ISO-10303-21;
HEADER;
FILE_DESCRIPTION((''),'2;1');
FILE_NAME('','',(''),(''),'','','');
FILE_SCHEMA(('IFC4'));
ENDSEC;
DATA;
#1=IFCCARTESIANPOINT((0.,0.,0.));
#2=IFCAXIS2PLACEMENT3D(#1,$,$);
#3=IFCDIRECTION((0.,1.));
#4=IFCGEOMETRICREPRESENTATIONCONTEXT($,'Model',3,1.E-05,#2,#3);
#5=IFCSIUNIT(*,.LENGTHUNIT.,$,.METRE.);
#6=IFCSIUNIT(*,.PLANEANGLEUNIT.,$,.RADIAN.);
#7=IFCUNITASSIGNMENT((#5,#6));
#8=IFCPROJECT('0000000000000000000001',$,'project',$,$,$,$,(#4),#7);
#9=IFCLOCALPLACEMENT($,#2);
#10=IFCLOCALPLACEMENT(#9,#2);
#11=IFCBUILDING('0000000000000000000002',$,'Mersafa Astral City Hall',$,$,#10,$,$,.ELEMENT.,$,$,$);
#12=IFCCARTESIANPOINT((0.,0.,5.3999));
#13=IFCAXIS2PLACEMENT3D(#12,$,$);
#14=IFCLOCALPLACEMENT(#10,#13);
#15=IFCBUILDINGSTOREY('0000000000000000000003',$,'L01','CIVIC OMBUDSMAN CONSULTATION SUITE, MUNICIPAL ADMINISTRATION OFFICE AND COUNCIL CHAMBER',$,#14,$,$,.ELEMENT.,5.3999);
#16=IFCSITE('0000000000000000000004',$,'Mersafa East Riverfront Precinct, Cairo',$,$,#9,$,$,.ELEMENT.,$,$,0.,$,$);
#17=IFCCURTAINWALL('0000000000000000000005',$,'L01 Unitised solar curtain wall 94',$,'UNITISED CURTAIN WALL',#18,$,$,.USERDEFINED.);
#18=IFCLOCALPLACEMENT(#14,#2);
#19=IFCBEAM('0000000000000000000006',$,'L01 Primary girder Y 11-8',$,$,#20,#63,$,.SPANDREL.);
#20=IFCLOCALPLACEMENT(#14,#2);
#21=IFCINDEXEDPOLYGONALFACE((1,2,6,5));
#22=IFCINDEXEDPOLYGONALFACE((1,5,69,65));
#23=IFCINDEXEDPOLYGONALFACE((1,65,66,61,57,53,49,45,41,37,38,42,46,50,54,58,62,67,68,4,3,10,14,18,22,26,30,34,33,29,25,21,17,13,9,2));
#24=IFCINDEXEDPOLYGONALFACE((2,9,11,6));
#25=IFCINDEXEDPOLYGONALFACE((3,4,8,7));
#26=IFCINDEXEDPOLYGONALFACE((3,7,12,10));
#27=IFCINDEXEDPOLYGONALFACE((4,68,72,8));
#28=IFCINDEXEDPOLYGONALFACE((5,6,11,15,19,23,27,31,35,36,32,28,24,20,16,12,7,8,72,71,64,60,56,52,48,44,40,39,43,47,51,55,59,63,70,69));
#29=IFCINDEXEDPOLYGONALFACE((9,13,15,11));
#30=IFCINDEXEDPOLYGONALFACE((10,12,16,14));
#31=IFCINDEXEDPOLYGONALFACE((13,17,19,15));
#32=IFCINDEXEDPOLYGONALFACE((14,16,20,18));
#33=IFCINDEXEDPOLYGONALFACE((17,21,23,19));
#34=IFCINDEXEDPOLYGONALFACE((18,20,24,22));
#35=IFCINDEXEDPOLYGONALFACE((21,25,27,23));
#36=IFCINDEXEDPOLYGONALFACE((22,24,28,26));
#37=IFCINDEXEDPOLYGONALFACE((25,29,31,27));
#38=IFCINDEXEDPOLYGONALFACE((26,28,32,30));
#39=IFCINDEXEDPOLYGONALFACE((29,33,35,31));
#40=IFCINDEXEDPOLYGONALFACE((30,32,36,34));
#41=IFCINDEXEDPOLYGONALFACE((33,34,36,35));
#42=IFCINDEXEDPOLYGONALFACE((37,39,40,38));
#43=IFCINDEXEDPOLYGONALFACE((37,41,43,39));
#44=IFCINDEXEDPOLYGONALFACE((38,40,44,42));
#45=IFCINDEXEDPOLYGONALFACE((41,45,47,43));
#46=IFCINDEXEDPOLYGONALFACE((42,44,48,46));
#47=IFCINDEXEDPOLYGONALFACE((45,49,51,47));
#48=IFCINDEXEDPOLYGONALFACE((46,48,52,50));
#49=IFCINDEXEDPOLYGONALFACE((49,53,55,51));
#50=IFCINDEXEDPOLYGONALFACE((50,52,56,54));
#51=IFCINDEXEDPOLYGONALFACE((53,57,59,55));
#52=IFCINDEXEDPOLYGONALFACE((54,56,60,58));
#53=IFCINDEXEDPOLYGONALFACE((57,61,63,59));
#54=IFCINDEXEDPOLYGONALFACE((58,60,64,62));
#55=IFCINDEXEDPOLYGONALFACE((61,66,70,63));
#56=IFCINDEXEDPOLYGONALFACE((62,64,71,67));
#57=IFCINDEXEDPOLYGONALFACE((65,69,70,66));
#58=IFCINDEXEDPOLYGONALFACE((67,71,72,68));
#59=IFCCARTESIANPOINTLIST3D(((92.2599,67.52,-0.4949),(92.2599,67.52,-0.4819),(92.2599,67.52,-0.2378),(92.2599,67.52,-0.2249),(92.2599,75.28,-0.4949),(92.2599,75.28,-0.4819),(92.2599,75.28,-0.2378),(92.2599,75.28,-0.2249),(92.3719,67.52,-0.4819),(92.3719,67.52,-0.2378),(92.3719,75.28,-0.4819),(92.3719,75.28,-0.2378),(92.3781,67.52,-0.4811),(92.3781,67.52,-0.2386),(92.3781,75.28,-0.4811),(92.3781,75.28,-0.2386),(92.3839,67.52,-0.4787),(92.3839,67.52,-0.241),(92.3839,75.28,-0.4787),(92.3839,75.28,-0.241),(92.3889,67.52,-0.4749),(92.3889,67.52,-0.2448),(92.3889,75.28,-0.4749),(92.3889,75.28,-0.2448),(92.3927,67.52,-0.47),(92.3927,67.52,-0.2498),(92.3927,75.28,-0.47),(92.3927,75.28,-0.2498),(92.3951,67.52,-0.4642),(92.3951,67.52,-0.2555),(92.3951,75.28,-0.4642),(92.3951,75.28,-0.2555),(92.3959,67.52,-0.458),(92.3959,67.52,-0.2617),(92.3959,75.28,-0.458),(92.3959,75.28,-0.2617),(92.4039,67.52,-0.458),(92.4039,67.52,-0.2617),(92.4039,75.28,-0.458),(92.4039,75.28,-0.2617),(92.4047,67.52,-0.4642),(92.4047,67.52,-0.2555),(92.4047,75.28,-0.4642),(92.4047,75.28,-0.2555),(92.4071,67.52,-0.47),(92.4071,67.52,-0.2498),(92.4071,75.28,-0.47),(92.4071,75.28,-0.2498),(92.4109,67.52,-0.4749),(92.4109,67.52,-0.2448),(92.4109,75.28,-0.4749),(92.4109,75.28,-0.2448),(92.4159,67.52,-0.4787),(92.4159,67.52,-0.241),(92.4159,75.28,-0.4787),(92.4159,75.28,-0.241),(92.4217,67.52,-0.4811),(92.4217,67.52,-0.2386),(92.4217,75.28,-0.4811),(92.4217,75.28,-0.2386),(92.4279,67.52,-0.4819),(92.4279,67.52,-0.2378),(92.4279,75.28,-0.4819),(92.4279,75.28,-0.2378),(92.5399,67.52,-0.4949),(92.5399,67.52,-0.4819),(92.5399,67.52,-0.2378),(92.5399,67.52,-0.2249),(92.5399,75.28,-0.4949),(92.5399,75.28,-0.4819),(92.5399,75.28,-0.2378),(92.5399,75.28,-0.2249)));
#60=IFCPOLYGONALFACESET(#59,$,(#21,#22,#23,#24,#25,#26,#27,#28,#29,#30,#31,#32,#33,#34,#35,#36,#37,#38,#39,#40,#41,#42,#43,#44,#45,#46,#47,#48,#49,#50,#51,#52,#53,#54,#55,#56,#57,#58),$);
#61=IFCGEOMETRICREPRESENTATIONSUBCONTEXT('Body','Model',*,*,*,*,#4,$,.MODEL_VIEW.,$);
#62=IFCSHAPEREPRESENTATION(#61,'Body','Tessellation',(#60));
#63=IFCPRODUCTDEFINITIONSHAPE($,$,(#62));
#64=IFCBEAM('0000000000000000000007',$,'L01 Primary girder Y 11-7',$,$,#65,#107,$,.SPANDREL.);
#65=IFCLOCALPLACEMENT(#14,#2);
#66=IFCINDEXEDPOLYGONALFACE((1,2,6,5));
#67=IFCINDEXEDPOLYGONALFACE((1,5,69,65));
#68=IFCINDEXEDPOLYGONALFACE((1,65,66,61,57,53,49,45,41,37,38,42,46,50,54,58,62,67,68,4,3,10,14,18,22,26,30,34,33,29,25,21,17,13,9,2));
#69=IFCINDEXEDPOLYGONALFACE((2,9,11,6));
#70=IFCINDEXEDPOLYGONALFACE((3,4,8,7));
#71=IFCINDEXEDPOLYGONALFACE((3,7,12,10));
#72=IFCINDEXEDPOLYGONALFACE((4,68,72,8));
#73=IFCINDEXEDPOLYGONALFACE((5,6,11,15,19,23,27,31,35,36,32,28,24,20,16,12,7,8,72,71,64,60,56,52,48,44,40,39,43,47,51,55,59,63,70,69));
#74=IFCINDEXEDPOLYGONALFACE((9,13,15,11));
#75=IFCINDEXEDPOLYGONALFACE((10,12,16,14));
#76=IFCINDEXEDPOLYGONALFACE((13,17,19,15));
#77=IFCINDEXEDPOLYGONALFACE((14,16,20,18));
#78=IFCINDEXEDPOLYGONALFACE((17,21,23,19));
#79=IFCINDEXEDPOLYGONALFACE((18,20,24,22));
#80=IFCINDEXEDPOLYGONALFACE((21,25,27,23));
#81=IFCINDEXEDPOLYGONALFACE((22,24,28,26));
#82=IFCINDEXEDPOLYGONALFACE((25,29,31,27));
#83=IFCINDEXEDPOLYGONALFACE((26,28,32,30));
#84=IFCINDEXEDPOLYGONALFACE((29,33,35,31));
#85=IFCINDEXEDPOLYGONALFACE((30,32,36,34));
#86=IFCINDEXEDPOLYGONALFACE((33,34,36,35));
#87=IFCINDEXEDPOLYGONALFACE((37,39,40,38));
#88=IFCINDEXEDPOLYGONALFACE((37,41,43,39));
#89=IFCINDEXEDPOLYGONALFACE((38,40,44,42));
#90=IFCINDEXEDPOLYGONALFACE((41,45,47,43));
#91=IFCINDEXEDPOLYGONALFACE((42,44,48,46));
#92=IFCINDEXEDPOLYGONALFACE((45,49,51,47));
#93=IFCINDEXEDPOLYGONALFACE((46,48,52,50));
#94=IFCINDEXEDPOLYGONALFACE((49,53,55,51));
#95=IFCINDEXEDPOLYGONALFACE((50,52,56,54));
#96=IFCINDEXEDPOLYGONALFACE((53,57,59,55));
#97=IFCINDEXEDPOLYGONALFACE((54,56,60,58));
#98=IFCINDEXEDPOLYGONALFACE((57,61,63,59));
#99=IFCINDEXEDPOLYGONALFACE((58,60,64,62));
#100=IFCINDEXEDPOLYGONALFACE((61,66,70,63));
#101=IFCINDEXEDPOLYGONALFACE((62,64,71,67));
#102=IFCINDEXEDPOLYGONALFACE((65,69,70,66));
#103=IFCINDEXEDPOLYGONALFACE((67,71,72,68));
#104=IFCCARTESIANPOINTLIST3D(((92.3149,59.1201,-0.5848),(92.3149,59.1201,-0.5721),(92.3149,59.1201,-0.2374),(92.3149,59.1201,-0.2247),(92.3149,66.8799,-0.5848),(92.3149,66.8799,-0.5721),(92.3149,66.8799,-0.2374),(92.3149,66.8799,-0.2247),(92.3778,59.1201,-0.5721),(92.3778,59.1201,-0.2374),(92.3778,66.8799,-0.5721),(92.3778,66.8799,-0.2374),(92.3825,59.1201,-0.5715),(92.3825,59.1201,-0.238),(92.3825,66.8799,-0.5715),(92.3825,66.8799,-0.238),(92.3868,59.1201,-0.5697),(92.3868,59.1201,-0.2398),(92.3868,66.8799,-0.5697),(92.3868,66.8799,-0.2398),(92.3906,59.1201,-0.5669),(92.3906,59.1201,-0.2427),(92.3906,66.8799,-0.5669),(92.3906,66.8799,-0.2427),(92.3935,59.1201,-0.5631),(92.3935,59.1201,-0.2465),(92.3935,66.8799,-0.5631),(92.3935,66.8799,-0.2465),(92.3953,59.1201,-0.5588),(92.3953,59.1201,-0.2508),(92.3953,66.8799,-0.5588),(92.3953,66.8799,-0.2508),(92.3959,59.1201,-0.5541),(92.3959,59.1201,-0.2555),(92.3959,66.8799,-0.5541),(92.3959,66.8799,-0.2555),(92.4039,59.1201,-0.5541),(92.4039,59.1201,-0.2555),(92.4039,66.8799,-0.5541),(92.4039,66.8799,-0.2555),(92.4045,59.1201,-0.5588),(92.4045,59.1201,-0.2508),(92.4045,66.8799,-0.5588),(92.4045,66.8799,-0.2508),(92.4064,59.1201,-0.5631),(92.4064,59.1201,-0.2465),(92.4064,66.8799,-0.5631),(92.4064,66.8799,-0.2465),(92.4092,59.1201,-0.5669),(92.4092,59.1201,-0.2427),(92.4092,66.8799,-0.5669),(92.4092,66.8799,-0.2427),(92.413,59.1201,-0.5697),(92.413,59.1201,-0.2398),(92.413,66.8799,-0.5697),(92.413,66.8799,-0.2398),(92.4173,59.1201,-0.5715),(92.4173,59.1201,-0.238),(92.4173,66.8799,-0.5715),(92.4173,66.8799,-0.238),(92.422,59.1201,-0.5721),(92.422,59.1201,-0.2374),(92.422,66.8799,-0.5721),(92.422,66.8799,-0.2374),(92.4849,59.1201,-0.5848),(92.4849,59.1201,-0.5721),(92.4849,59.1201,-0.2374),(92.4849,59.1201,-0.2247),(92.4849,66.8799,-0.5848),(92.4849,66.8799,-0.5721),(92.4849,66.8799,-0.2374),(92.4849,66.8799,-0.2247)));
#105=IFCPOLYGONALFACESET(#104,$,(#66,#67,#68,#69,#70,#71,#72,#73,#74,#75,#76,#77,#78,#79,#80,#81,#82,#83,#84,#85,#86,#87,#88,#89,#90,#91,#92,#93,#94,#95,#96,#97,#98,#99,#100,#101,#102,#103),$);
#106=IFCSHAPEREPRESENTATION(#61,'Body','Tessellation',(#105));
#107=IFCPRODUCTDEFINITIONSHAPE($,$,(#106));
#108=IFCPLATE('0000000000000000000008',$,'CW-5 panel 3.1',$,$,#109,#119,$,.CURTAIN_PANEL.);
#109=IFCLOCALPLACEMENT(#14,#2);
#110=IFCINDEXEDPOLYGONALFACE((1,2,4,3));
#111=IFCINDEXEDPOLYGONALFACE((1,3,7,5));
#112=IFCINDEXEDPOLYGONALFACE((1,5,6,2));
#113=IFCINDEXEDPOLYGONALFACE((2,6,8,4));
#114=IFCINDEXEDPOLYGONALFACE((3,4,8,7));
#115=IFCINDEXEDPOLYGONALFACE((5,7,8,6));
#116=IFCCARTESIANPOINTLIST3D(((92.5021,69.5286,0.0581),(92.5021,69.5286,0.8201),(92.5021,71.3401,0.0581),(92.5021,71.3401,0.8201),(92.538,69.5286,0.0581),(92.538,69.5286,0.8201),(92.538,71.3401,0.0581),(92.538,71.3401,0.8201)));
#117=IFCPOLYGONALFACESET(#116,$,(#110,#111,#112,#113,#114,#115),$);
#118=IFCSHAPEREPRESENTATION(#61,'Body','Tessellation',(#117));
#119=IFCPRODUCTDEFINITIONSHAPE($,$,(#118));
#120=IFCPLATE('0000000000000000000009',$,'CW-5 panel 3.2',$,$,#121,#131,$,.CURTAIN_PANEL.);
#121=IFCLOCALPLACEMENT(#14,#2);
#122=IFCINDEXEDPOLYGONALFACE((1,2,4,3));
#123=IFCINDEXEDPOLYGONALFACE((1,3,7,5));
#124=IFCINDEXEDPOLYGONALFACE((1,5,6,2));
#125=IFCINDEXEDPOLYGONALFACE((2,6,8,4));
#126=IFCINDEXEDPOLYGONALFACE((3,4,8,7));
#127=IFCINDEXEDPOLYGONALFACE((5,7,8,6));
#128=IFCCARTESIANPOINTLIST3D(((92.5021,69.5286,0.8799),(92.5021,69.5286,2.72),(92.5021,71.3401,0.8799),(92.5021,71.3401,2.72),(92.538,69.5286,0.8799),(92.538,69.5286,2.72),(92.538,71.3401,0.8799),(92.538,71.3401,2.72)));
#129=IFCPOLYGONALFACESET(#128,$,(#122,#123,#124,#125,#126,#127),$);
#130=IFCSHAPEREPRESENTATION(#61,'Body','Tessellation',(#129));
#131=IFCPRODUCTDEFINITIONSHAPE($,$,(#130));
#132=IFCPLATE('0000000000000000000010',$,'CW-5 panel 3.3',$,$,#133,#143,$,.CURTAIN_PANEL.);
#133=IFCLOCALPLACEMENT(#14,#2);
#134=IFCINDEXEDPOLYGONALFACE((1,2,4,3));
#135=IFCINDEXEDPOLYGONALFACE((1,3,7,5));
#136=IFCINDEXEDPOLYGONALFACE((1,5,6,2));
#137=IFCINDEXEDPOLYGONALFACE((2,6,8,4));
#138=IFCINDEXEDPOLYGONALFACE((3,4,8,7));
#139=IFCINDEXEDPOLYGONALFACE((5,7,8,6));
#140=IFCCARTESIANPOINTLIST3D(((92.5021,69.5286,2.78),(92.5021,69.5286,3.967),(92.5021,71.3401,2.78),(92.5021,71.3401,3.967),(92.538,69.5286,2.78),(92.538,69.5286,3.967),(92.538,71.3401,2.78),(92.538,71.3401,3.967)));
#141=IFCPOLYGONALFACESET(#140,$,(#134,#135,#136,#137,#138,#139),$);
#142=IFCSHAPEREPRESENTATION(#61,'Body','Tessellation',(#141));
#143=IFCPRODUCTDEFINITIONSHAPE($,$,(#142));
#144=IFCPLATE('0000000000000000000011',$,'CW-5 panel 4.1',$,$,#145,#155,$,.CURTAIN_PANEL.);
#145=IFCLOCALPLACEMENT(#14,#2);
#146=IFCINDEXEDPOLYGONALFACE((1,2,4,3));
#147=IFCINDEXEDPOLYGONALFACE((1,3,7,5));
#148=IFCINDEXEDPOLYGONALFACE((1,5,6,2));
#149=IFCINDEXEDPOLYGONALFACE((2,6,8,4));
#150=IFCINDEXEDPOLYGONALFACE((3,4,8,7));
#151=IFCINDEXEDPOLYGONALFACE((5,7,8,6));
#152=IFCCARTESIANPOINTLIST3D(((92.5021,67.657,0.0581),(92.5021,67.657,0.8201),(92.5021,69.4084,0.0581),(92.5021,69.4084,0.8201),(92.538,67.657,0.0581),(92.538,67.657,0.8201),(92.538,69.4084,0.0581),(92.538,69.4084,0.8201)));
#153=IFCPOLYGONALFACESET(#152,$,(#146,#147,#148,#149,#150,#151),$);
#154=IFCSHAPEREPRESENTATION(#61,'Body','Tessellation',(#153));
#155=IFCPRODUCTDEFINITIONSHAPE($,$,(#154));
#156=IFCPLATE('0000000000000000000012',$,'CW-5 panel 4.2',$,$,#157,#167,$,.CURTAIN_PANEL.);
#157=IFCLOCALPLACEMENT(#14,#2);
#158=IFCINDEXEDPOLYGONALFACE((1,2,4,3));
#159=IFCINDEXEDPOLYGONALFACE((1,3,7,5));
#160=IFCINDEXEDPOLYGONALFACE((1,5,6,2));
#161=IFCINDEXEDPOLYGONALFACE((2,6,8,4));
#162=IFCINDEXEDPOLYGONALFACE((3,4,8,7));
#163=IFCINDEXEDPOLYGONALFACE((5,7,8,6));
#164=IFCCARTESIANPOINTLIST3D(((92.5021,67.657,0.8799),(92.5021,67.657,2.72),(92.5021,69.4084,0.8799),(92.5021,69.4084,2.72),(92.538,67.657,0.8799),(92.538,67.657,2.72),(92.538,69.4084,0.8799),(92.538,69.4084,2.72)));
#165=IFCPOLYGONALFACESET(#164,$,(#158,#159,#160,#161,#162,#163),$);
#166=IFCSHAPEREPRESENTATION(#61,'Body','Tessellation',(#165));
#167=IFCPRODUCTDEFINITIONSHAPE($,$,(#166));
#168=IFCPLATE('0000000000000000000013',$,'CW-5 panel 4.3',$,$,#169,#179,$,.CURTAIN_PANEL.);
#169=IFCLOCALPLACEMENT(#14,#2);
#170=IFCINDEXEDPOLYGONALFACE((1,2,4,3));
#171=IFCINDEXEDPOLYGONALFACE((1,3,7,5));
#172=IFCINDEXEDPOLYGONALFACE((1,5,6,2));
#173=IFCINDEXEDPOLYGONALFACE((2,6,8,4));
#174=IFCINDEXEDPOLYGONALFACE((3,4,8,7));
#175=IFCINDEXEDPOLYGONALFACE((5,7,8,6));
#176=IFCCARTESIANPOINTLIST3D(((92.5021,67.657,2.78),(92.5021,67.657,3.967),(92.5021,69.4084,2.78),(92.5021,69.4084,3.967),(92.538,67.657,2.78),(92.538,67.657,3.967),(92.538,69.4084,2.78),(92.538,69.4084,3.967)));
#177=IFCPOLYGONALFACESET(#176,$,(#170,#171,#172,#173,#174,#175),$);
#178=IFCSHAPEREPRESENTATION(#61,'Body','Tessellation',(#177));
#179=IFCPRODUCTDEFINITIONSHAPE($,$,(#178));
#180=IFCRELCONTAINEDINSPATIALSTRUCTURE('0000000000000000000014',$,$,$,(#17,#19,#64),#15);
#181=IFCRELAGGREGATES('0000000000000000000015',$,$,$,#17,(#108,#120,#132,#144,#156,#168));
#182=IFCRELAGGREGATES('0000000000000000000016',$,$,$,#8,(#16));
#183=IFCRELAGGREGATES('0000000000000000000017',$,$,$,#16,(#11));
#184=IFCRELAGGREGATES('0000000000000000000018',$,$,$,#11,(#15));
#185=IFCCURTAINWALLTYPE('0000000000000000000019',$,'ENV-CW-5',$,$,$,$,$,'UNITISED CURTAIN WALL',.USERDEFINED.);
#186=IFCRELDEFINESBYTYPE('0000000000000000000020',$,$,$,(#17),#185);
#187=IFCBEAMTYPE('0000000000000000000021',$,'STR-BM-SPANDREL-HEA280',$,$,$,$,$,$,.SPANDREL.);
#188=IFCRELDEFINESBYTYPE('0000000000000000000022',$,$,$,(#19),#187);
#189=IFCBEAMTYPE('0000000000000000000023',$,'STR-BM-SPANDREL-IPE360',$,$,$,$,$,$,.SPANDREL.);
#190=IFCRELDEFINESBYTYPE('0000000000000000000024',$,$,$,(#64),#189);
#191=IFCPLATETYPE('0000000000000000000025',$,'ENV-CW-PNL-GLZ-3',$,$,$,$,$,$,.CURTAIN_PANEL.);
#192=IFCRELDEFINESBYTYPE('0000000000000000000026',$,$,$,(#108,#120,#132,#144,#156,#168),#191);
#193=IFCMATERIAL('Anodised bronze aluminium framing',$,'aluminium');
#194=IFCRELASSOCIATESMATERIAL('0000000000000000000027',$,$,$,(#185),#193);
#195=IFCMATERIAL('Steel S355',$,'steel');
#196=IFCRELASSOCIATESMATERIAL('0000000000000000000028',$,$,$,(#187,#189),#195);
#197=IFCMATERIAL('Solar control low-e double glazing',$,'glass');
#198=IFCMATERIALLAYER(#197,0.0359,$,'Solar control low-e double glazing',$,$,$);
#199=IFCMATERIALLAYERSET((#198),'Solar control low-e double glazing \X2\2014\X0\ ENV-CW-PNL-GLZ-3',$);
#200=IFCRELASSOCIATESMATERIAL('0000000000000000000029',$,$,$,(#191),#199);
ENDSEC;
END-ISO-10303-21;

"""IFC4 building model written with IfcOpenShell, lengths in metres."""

from ifc_helpers import new_model, si_unit, direction, frame, origin, origin_2d, place, context, subcontext, project, spatial, rectangle, i_section, extrude, material, layer, layer_set, material_profile, profile_set, type_object, element, aggregate, save


model = new_model("IFC4")

# Units and contexts
model_context = context("Model", 3, precision=1e-05, world=origin(), true_north=direction((0.0, 1.0)))
body_context = subcontext(model_context, "Body", "Model", "MODEL_VIEW")
ifc_project = project(units=[si_unit("LENGTHUNIT", "METRE"), si_unit("PLANEANGLEUNIT", "RADIAN")], contexts=[model_context])

# Site, building, storey
site_placement = place(None, origin())
site = spatial("IfcSite", under=ifc_project, at=site_placement, Name="Mersafa East Riverfront Precinct, Cairo", CompositionType="ELEMENT", RefElevation=0.0)
building_placement = place(site_placement, origin())
building = spatial("IfcBuilding", under=site, at=building_placement, Name="Mersafa Astral City Hall", CompositionType="ELEMENT")
storey_placement = place(building_placement, frame((0.0, 0.0, 5.3999)))
storey = spatial("IfcBuildingStorey", under=building, at=storey_placement, Name="L01", Description="CIVIC OMBUDSMAN CONSULTATION SUITE, MUNICIPAL ADMINISTRATION OFFICE AND COUNCIL CHAMBER", CompositionType="ELEMENT", Elevation=5.3999)

# Shared definitions
ifc_material_1 = material(Name="Steel S355", Category="steel")

# Curtain wall
ifc_material_2 = material(Name="Anodised bronze aluminium framing", Category="aluminium")
curtain_wall_type = type_object("IfcCurtainWallType", Name="ENV-CW-5", ElementType="UNITISED CURTAIN WALL", PredefinedType="USERDEFINED", material=ifc_material_2)
curtain_wall_placement = place(storey_placement, origin())
curtain_wall = element("IfcCurtainWall", 1, at=curtain_wall_placement, inside=storey, type_object=curtain_wall_type, Name="L01 Unitised solar curtain wall 94", ObjectType="UNITISED CURTAIN WALL", PredefinedType="USERDEFINED")

# Beams
ifc_material_profile_1 = material_profile(ifc_material_1, i_section(OverallWidth=0.28, OverallDepth=0.27, WebThickness=0.0081, FlangeThickness=0.0129, FilletRadius=0.0239, at=origin_2d()), Name="HEA 280")
ifc_profile_set_1 = profile_set([ifc_material_profile_1], Name="Steel S355")
beam_type_1 = type_object("IfcBeamType", Name="STR-BM-SPANDREL-HEA280", PredefinedType="SPANDREL", material=ifc_profile_set_1)
beam_1_placement = place(storey_placement, frame((92.3999, 67.52, -0.3599), z_axis=(0.0, 1.0, 0.0), x_axis=(-1.0, 0.0, 0.0)))
element("IfcBeam", 2, at=beam_1_placement, inside=storey, type_object=beam_type_1, Name="L01 Primary girder Y 11-8", PredefinedType="SPANDREL", context=body_context, shape_type="SweptSolid", body=[
    extrude(i_section(OverallWidth=0.28, OverallDepth=0.27, WebThickness=0.0081, FlangeThickness=0.0129, FilletRadius=0.0239, at=origin_2d()), origin(), (0.0, 0.0, 1.0), 7.76),
])
ifc_material_profile_2 = material_profile(ifc_material_1, i_section(OverallWidth=0.1699, OverallDepth=0.3601, WebThickness=0.0081, FlangeThickness=0.0127, FilletRadius=0.0181, at=origin_2d()), Name="IPE 360")
ifc_profile_set_2 = profile_set([ifc_material_profile_2], Name="Steel S355")
beam_type_2 = type_object("IfcBeamType", Name="STR-BM-SPANDREL-IPE360", PredefinedType="SPANDREL", material=ifc_profile_set_2)
beam_2_placement = place(storey_placement, frame((92.3999, 59.1201, -0.4048), z_axis=(0.0, 1.0, 0.0), x_axis=(-1.0, 0.0, 0.0)))
element("IfcBeam", 3, at=beam_2_placement, inside=storey, type_object=beam_type_2, Name="L01 Primary girder Y 11-7", PredefinedType="SPANDREL", context=body_context, shape_type="SweptSolid", body=[
    extrude(i_section(OverallWidth=0.1699, OverallDepth=0.3601, WebThickness=0.0081, FlangeThickness=0.0127, FilletRadius=0.0181, at=origin_2d()), origin(), (0.0, 0.0, 1.0), 7.7598),
])

# Plates
ifc_material_3 = material(Name="Solar control low-e double glazing", Category="glass")
ifc_layer_1 = layer(ifc_material_3, 0.0359, Name="Solar control low-e double glazing")
ifc_layer_set_1 = layer_set([ifc_layer_1], Name="Solar control low-e double glazing — ENV-CW-PNL-GLZ-3")
plate_type = type_object("IfcPlateType", Name="ENV-CW-PNL-GLZ-3", PredefinedType="CURTAIN_PANEL", material=ifc_layer_set_1)
plate_1_placement = place(storey_placement, frame((92.52, 70.4343, 0.0581), z_axis=(0.0, 0.0, 1.0), x_axis=(0.0, -1.0, 0.0)))
plate_1 = element("IfcPlate", 4, at=plate_1_placement, type_object=plate_type, Name="CW-5 panel 3.1", PredefinedType="CURTAIN_PANEL", context=body_context, shape_type="SweptSolid", body=[
    extrude(rectangle(XDim=1.8115, YDim=0.0359, at=origin_2d()), origin(), (0.0, 0.0, 1.0), 0.762),
])
plate_2_placement = place(storey_placement, frame((92.52, 70.4343, 0.8799), z_axis=(0.0, 0.0, 1.0), x_axis=(0.0, -1.0, 0.0)))
plate_2 = element("IfcPlate", 5, at=plate_2_placement, type_object=plate_type, Name="CW-5 panel 3.2", PredefinedType="CURTAIN_PANEL", context=body_context, shape_type="SweptSolid", body=[
    extrude(rectangle(XDim=1.8115, YDim=0.0359, at=origin_2d()), origin(), (0.0, 0.0, 1.0), 1.8401),
])
plate_3_placement = place(storey_placement, frame((92.52, 70.4343, 2.78), z_axis=(0.0, 0.0, 1.0), x_axis=(0.0, -1.0, 0.0)))
plate_3 = element("IfcPlate", 6, at=plate_3_placement, type_object=plate_type, Name="CW-5 panel 3.3", PredefinedType="CURTAIN_PANEL", context=body_context, shape_type="SweptSolid", body=[
    extrude(rectangle(XDim=1.8115, YDim=0.0359, at=origin_2d()), origin(), (0.0, 0.0, 1.0), 1.187),
])
plate_4_placement = place(storey_placement, frame((92.52, 68.5327, 0.0581), z_axis=(0.0, 0.0, 1.0), x_axis=(0.0, -1.0, 0.0)))
plate_4 = element("IfcPlate", 7, at=plate_4_placement, type_object=plate_type, Name="CW-5 panel 4.1", PredefinedType="CURTAIN_PANEL", context=body_context, shape_type="SweptSolid", body=[
    extrude(rectangle(XDim=1.7515, YDim=0.0359, at=origin_2d()), origin(), (0.0, 0.0, 1.0), 0.762),
])
plate_5_placement = place(storey_placement, frame((92.52, 68.5327, 0.8799), z_axis=(0.0, 0.0, 1.0), x_axis=(0.0, -1.0, 0.0)))
plate_5 = element("IfcPlate", 8, at=plate_5_placement, type_object=plate_type, Name="CW-5 panel 4.2", PredefinedType="CURTAIN_PANEL", context=body_context, shape_type="SweptSolid", body=[
    extrude(rectangle(XDim=1.7515, YDim=0.0359, at=origin_2d()), origin(), (0.0, 0.0, 1.0), 1.8401),
])
plate_6_placement = place(storey_placement, frame((92.52, 68.5327, 2.78), z_axis=(0.0, 0.0, 1.0), x_axis=(0.0, -1.0, 0.0)))
plate_6 = element("IfcPlate", 9, at=plate_6_placement, type_object=plate_type, Name="CW-5 panel 4.3", PredefinedType="CURTAIN_PANEL", context=body_context, shape_type="SweptSolid", body=[
    extrude(rectangle(XDim=1.7515, YDim=0.0359, at=origin_2d()), origin(), (0.0, 0.0, 1.0), 1.187),
])
aggregate(curtain_wall, [plate_1, plate_2, plate_3, plate_4, plate_5, plate_6])

save(model, "model.ifc")
